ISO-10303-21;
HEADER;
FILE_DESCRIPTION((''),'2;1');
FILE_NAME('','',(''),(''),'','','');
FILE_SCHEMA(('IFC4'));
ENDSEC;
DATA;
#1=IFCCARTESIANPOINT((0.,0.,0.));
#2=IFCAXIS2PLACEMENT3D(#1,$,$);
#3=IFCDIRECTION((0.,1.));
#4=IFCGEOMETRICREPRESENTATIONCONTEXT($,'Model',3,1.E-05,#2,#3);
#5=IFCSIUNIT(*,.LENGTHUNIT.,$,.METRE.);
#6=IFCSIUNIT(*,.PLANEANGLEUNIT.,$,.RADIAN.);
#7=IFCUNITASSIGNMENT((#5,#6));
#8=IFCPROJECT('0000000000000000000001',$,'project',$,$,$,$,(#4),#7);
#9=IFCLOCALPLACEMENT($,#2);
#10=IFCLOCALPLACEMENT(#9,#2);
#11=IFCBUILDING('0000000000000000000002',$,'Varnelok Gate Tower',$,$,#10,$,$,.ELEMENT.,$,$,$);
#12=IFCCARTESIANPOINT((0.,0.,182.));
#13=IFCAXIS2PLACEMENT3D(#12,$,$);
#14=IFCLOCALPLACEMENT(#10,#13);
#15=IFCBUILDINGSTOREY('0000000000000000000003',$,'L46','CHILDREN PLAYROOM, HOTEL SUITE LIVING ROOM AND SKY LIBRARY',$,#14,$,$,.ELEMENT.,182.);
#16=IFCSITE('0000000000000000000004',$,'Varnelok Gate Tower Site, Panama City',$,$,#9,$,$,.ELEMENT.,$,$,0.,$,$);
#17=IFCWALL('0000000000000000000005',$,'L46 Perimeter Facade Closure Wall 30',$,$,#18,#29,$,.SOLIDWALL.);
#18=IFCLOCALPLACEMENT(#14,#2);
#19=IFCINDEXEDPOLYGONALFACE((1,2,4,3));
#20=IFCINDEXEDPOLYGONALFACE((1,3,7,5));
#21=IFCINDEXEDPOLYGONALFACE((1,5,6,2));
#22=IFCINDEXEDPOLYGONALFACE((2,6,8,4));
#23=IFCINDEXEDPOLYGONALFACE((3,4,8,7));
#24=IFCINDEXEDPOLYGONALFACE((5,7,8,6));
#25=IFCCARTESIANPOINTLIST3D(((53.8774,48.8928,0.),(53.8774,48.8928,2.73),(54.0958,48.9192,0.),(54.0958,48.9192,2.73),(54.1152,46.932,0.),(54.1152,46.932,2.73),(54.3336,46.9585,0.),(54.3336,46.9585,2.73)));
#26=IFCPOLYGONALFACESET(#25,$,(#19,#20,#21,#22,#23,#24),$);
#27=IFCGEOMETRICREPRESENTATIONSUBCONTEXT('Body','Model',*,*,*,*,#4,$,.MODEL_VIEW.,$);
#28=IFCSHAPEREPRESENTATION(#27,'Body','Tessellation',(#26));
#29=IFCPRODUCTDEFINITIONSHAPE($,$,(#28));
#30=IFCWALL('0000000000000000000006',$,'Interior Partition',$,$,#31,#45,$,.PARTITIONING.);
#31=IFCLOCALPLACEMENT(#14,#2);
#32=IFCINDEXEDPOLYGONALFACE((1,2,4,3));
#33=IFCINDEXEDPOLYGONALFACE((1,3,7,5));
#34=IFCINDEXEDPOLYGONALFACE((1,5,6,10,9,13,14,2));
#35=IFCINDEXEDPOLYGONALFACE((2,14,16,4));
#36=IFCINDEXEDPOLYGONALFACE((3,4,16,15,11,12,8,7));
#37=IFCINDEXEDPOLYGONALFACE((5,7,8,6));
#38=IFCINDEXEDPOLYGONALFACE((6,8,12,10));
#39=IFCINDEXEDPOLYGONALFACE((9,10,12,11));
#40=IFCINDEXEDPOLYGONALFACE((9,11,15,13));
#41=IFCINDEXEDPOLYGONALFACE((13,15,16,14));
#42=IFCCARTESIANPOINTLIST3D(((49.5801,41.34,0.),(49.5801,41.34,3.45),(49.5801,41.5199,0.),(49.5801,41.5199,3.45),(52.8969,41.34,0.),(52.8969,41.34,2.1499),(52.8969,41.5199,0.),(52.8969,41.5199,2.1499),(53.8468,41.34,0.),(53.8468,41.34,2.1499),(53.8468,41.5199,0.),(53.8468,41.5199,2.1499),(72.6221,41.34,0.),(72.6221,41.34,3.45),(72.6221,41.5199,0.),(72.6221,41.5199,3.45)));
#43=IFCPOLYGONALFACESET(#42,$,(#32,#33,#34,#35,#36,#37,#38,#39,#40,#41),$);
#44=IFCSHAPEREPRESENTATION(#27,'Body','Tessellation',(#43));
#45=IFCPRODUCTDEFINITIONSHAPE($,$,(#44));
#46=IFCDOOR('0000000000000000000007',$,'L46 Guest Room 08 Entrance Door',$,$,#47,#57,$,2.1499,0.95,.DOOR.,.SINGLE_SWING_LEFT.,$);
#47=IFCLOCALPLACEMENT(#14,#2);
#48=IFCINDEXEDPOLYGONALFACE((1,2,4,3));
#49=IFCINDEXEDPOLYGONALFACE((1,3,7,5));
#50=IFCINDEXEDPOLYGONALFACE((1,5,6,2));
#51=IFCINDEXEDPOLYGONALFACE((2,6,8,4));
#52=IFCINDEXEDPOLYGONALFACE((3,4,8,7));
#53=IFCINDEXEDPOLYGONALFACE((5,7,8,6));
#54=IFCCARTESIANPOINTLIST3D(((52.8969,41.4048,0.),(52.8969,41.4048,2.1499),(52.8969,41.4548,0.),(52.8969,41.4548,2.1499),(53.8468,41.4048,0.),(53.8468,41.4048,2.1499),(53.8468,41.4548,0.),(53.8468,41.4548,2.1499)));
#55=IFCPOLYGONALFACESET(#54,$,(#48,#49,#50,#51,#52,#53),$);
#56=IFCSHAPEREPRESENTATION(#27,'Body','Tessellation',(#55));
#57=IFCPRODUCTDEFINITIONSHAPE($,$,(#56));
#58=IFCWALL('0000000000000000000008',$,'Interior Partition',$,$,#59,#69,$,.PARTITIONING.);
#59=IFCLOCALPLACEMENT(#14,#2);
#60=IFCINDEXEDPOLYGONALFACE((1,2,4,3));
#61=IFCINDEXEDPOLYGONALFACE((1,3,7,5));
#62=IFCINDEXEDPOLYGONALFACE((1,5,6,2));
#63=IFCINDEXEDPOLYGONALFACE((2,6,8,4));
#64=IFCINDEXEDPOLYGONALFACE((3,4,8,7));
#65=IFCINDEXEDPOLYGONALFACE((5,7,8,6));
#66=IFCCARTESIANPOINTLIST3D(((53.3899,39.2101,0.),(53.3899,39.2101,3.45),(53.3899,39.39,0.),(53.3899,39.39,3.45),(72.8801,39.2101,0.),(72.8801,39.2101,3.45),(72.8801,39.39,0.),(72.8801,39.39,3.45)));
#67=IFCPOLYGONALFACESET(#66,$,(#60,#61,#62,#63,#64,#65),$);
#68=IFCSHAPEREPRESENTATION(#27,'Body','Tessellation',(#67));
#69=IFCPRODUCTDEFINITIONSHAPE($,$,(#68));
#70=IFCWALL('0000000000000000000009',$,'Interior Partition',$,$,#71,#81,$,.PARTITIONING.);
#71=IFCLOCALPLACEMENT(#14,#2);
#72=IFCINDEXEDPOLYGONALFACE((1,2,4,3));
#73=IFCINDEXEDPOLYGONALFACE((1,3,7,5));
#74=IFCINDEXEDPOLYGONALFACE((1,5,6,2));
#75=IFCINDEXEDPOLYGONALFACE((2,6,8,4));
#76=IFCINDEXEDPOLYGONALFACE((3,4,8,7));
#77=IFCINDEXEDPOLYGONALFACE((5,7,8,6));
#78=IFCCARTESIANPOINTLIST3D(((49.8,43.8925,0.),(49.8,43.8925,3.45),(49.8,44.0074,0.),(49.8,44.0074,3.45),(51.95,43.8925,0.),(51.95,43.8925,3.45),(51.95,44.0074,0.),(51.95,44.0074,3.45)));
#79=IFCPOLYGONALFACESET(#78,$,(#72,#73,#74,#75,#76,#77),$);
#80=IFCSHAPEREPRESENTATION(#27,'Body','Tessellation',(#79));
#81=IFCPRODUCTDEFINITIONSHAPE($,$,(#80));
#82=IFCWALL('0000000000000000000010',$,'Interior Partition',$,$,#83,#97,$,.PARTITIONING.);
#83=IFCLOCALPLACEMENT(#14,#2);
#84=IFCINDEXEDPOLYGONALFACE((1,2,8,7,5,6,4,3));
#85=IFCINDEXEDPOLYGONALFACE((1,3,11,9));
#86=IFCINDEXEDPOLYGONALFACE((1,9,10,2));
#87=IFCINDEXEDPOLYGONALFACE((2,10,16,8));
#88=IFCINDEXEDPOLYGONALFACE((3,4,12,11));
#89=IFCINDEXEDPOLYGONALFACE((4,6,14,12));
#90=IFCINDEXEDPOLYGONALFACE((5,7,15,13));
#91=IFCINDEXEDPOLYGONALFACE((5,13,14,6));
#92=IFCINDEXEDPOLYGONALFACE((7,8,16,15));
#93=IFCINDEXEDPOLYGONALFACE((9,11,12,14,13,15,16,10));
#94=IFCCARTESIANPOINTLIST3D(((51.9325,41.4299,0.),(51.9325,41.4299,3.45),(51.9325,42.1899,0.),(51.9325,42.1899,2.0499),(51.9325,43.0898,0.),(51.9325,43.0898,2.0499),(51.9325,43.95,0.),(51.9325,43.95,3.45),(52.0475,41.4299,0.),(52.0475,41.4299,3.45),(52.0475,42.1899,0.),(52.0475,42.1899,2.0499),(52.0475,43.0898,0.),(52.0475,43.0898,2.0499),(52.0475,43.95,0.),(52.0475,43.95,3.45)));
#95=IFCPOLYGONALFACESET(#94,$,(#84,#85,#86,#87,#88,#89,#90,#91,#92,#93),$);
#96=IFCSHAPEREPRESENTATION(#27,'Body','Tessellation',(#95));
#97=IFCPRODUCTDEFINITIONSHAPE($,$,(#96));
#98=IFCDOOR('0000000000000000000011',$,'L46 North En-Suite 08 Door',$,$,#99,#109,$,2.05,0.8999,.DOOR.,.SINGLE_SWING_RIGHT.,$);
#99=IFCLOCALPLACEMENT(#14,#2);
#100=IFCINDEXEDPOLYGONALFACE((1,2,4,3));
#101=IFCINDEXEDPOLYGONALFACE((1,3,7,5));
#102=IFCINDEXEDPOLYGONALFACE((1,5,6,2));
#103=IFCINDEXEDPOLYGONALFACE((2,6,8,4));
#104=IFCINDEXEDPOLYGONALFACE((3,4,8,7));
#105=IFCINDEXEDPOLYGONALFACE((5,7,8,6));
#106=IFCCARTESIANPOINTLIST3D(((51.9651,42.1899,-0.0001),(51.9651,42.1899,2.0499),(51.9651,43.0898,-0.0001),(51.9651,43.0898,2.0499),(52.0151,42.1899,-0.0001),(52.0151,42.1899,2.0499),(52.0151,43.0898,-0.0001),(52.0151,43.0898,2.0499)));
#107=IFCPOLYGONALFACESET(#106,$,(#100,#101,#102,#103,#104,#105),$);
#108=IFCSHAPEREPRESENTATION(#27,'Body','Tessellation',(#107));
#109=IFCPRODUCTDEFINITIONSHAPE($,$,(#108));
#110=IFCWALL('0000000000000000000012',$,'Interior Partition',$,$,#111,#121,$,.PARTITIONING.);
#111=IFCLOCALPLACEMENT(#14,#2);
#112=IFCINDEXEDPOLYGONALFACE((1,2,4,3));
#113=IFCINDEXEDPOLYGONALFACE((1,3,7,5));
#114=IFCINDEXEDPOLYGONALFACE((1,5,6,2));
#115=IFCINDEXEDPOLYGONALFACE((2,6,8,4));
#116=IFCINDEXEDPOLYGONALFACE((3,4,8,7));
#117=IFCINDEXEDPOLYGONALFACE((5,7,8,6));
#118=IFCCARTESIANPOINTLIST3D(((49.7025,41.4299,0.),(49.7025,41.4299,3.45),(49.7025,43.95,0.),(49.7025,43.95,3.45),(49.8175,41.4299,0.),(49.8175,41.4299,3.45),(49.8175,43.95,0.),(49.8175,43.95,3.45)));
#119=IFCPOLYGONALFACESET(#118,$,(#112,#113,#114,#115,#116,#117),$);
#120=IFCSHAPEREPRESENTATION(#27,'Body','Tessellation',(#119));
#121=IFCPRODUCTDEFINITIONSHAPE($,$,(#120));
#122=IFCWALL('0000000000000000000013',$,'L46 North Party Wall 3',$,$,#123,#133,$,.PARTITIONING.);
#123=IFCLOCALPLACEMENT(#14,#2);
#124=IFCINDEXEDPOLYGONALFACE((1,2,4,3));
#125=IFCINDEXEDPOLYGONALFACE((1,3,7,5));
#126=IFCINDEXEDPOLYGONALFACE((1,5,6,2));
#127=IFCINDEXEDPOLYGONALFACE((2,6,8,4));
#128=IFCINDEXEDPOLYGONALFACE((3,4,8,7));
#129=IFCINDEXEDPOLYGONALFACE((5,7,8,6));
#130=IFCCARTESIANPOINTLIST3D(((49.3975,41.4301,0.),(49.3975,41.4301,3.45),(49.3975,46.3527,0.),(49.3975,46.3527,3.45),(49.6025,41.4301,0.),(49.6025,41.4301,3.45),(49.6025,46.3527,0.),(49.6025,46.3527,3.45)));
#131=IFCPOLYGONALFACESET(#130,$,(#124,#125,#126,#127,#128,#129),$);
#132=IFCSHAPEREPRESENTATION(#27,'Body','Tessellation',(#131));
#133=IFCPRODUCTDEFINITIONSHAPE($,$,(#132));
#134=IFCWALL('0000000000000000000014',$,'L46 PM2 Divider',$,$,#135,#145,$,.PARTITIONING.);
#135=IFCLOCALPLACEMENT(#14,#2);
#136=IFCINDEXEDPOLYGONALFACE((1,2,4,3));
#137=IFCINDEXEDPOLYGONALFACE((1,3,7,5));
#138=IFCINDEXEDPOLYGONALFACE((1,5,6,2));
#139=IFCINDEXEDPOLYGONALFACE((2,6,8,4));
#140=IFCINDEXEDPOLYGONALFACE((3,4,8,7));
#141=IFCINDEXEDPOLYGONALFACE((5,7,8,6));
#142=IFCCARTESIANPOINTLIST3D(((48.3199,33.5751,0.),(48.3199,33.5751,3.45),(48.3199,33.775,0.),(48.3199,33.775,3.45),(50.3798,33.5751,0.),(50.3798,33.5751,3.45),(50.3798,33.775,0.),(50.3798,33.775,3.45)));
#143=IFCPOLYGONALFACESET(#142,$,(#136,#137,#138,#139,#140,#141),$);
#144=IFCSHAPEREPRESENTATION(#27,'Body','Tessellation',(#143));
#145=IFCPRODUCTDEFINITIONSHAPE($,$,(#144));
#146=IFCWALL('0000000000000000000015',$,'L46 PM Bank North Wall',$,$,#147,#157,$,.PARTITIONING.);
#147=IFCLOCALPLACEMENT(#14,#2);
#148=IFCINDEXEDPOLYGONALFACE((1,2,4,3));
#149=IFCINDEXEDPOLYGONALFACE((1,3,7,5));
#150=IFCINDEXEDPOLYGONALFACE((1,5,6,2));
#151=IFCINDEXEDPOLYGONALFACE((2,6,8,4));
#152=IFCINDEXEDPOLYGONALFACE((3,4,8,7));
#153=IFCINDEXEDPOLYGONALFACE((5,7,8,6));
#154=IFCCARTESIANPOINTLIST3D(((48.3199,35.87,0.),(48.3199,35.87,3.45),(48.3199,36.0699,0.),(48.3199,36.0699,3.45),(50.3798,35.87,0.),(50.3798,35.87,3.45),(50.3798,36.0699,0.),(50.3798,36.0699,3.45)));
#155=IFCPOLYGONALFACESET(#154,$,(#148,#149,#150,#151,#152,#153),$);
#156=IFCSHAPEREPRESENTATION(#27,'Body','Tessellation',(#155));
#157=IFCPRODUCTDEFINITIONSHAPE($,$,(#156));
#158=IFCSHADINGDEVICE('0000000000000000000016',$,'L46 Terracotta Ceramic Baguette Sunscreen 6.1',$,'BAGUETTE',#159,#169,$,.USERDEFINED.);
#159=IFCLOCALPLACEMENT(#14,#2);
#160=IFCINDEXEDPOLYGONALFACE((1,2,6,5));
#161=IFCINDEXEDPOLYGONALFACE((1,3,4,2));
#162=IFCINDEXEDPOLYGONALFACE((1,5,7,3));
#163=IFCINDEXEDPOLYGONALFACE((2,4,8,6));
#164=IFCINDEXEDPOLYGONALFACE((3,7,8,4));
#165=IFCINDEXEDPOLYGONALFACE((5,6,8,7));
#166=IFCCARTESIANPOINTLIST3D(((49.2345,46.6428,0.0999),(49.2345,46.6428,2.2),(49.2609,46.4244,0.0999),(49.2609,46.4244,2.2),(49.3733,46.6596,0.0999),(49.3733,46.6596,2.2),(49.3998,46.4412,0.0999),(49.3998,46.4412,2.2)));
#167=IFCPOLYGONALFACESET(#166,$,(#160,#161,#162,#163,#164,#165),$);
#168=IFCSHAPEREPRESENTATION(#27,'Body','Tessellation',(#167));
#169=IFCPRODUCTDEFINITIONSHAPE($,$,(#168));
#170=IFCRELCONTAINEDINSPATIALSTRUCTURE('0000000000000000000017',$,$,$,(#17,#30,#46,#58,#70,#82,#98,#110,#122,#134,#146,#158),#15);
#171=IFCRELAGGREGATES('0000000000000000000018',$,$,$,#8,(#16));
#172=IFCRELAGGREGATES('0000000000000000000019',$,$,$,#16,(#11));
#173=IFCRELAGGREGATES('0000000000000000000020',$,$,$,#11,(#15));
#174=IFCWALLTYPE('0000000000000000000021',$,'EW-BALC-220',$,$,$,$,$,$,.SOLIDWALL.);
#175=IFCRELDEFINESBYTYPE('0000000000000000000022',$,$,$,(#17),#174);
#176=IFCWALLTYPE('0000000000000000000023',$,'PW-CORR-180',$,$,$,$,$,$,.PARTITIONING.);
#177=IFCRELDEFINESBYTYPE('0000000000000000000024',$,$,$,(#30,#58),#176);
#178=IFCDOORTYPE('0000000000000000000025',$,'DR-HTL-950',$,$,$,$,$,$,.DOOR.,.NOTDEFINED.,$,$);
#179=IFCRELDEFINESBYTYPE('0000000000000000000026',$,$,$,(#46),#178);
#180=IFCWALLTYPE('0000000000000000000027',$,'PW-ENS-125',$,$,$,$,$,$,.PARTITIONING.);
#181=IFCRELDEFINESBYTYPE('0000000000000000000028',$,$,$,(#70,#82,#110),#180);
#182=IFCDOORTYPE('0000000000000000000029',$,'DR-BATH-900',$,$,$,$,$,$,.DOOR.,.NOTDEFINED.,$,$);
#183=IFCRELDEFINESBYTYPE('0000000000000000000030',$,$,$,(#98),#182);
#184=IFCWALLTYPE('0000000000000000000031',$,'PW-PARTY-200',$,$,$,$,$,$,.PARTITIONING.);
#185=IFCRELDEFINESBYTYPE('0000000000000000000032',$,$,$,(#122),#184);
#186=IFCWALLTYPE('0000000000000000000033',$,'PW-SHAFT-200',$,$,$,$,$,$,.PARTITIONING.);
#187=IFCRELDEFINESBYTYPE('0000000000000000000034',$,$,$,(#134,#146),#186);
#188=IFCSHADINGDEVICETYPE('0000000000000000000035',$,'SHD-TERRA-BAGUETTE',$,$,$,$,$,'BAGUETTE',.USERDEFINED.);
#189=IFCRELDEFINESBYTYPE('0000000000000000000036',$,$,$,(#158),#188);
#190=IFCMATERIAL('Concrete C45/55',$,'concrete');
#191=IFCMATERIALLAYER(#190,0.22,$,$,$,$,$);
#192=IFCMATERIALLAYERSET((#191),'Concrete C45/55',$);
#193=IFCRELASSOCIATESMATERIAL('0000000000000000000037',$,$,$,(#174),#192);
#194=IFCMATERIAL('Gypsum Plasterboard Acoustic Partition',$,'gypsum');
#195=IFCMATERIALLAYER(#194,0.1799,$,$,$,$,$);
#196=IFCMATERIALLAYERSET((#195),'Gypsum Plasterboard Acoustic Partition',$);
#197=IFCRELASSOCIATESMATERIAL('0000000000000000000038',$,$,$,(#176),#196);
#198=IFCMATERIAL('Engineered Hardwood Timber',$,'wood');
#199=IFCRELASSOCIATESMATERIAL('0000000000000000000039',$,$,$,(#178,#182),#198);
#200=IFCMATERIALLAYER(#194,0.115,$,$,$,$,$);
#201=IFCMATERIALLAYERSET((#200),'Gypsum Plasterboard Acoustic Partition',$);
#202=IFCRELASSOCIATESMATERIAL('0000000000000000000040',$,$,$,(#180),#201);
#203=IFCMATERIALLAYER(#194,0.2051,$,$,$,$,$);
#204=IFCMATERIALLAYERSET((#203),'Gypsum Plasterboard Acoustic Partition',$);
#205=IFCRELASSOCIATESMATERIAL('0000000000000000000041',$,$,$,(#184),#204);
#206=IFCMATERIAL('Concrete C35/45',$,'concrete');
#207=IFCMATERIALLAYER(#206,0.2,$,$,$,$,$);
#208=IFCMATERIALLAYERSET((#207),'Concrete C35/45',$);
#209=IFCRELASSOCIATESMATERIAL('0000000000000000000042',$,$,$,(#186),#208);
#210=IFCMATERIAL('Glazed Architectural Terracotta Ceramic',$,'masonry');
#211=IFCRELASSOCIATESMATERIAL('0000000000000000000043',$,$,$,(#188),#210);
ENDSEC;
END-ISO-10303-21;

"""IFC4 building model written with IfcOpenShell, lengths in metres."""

from ifc_helpers import new_model, si_unit, direction, frame, frame_2d, origin, origin_2d, place, context, subcontext, project, spatial, rectangle, extrude, source, transform, mapped, material, layer, layer_set, type_object, element, fill, save


model = new_model("IFC4")

# Units and contexts
model_context = context("Model", 3, precision=1e-05, world=origin(), true_north=direction((0.0, 1.0)))
body_context = subcontext(model_context, "Body", "Model", "MODEL_VIEW")
ifc_project = project(units=[si_unit("LENGTHUNIT", "METRE"), si_unit("PLANEANGLEUNIT", "RADIAN")], contexts=[model_context])

# Site, building, storey
site_placement = place(None, origin())
site = spatial("IfcSite", under=ifc_project, at=site_placement, Name="Varnelok Gate Tower Site, Panama City", CompositionType="ELEMENT", RefElevation=0.0)
building_placement = place(site_placement, origin())
building = spatial("IfcBuilding", under=site, at=building_placement, Name="Varnelok Gate Tower", CompositionType="ELEMENT")
storey_placement = place(building_placement, frame((0.0, 0.0, 182.0)))
storey = spatial("IfcBuildingStorey", under=building, at=storey_placement, Name="L46", Description="CHILDREN PLAYROOM, HOTEL SUITE LIVING ROOM AND SKY LIBRARY", CompositionType="ELEMENT", Elevation=182.0)

# Shared definitions
ifc_material_1 = material(Name="Concrete C45/55", Category="concrete")
ifc_layer_1 = layer(ifc_material_1, 0.22)
ifc_layer_set_1 = layer_set([ifc_layer_1], Name="Concrete C45/55")
wall_type_1 = type_object("IfcWallType", Name="EW-BALC-220", PredefinedType="SOLIDWALL", material=ifc_layer_set_1)

# Wall
wall_1_placement = place(storey_placement, frame((53.9866, 48.906, 0.0), z_axis=(0.0, 0.0, 1.0), x_axis=(0.120398, -0.992726, 0.0)))
element("IfcWall", 1, at=wall_1_placement, inside=storey, type_object=wall_type_1, Name="L46 Perimeter Facade Closure Wall 30", PredefinedType="SOLIDWALL", context=body_context, shape_type="SweptSolid", body=[
    extrude(rectangle(XDim=1.9751, YDim=0.22, at=frame_2d((0.9875, 0.0))), origin(), (0.0, 0.0, 1.0), 2.73),
])

# Wall, opening, door
ifc_material_2 = material(Name="Gypsum Plasterboard Acoustic Partition", Category="gypsum")
ifc_layer_2 = layer(ifc_material_2, 0.1799)
ifc_layer_set_2 = layer_set([ifc_layer_2], Name="Gypsum Plasterboard Acoustic Partition")
wall_type_2 = type_object("IfcWallType", Name="PW-CORR-180", PredefinedType="PARTITIONING", material=ifc_layer_set_2)
wall_2_placement = place(storey_placement, frame((49.5801, 41.4299, 0.0), z_axis=(0.0, 0.0, 1.0), x_axis=(1.0, 0.0, 0.0)))
wall_2 = element("IfcWall", 2, at=wall_2_placement, inside=storey, type_object=wall_type_2, Name="Interior Partition", PredefinedType="PARTITIONING", context=body_context, shape_type="SweptSolid", body=[
    extrude(rectangle(XDim=23.042, YDim=0.1799, at=frame_2d((11.521, 0.0))), origin(), (0.0, 0.0, 1.0), 3.45),
])
opening_1_placement = place(wall_2_placement, frame((3.3167, 0.0, 0.0)))
opening_1 = element("IfcOpeningElement", 3, at=opening_1_placement, cuts=wall_2, PredefinedType="OPENING", context=body_context, shape_type="SweptSolid", body=[
    extrude(rectangle(XDim=0.95, YDim=2.1499, at=frame_2d((0.4751, 1.075))), frame((0.0, 0.0999, 0.0), z_axis=(0.0, -1.0, 0.0), x_axis=(1.0, 0.0, 0.0)), (0.0, 0.0, 1.0), 0.2),
])
ifc_material_3 = material(Name="Engineered Hardwood Timber", Category="wood")
door_type_1 = type_object("IfcDoorType", Name="DR-HTL-950", OperationType="NOTDEFINED", PredefinedType="DOOR", material=ifc_material_3)
door_1_placement = place(opening_1_placement, origin())
door_1 = element("IfcDoor", 4, at=door_1_placement, inside=storey, type_object=door_type_1, Name="L46 Guest Room 08 Entrance Door", OperationType="SINGLE_SWING_LEFT", OverallHeight=2.1499, OverallWidth=0.95, PredefinedType="DOOR", context=body_context, shape_type="SweptSolid", body=[
    extrude(rectangle(XDim=0.95, YDim=2.1499, at=frame_2d((0.4751, 1.075))), frame((0.0, 0.0249, 0.0), z_axis=(0.0, -1.0, 0.0), x_axis=(1.0, 0.0, 0.0)), (0.0, 0.0, 1.0), 0.05),
])
fill(opening_1, door_1)

# Walls
wall_3_placement = place(storey_placement, frame((53.3899, 39.3, 0.0), z_axis=(0.0, 0.0, 1.0), x_axis=(1.0, 0.0, 0.0)))
element("IfcWall", 5, at=wall_3_placement, inside=storey, type_object=wall_type_2, Name="Interior Partition", PredefinedType="PARTITIONING", context=body_context, shape_type="SweptSolid", body=[
    extrude(rectangle(XDim=19.4902, YDim=0.1799, at=frame_2d((9.7451, 0.0))), origin(), (0.0, 0.0, 1.0), 3.45),
])
ifc_layer_3 = layer(ifc_material_2, 0.115)
ifc_layer_set_3 = layer_set([ifc_layer_3], Name="Gypsum Plasterboard Acoustic Partition")
wall_type_3 = type_object("IfcWallType", Name="PW-ENS-125", PredefinedType="PARTITIONING", material=ifc_layer_set_3)
wall_4_placement = place(storey_placement, frame((49.8, 43.95, 0.0), z_axis=(0.0, 0.0, 1.0), x_axis=(1.0, 0.0, 0.0)))
element("IfcWall", 6, at=wall_4_placement, inside=storey, type_object=wall_type_3, Name="Interior Partition", PredefinedType="PARTITIONING", context=body_context, shape_type="SweptSolid", body=[
    extrude(rectangle(XDim=2.1499, YDim=0.115, at=frame_2d((1.075, 0.0))), origin(), (0.0, 0.0, 1.0), 3.45),
])

# Wall, opening, door
wall_5_placement = place(storey_placement, frame((51.99, 41.4299, 0.0), z_axis=(0.0, 0.0, 1.0), x_axis=(0.0, 1.0, 0.0)))
wall_5 = element("IfcWall", 7, at=wall_5_placement, inside=storey, type_object=wall_type_3, Name="Interior Partition", PredefinedType="PARTITIONING", context=body_context, shape_type="SweptSolid", body=[
    extrude(rectangle(XDim=2.52, YDim=0.115, at=frame_2d((1.26, 0.0))), origin(), (0.0, 0.0, 1.0), 3.45),
])
opening_2_placement = place(wall_5_placement, frame((0.76, 0.0, 0.0)))
opening_2 = element("IfcOpeningElement", 8, at=opening_2_placement, cuts=wall_5, PredefinedType="OPENING", context=body_context, shape_type="SweptSolid", body=[
    extrude(rectangle(XDim=0.8999, YDim=2.05, at=frame_2d((0.45, 1.0249))), frame((0.0, 0.0674, 0.0), z_axis=(0.0, -1.0, 0.0), x_axis=(1.0, 0.0, 0.0)), (0.0, 0.0, 1.0), 0.135),
])
door_type_2 = type_object("IfcDoorType", Name="DR-BATH-900", OperationType="NOTDEFINED", PredefinedType="DOOR", material=ifc_material_3)
door_2_placement = place(opening_2_placement, origin())
door_2 = element("IfcDoor", 9, at=door_2_placement, inside=storey, type_object=door_type_2, Name="L46 North En-Suite 08 Door", OperationType="SINGLE_SWING_RIGHT", OverallHeight=2.05, OverallWidth=0.8999, PredefinedType="DOOR", context=body_context, shape_type="SweptSolid", body=[
    extrude(rectangle(XDim=0.8999, YDim=2.05, at=frame_2d((0.45, 1.0249))), frame((0.0, 0.0249, 0.0), z_axis=(0.0, -1.0, 0.0), x_axis=(1.0, 0.0, 0.0)), (0.0, 0.0, 1.0), 0.05),
])
fill(opening_2, door_2)

# Walls
wall_6_placement = place(storey_placement, frame((49.76, 41.4299, 0.0), z_axis=(0.0, 0.0, 1.0), x_axis=(0.0, 1.0, 0.0)))
element("IfcWall", 10, at=wall_6_placement, inside=storey, type_object=wall_type_3, Name="Interior Partition", PredefinedType="PARTITIONING", context=body_context, shape_type="SweptSolid", body=[
    extrude(rectangle(XDim=2.52, YDim=0.115, at=frame_2d((1.26, 0.0))), origin(), (0.0, 0.0, 1.0), 3.45),
])
ifc_layer_4 = layer(ifc_material_2, 0.2051)
ifc_layer_set_4 = layer_set([ifc_layer_4], Name="Gypsum Plasterboard Acoustic Partition")
wall_type_4 = type_object("IfcWallType", Name="PW-PARTY-200", PredefinedType="PARTITIONING", material=ifc_layer_set_4)
wall_7_placement = place(storey_placement, frame((49.5, 41.4299, 0.0), z_axis=(0.0, 0.0, 1.0), x_axis=(0.0, 1.0, 0.0)))
element("IfcWall", 11, at=wall_7_placement, inside=storey, type_object=wall_type_4, Name="L46 North Party Wall 3", PredefinedType="PARTITIONING", context=body_context, shape_type="SweptSolid", body=[
    extrude(rectangle(XDim=4.9226, YDim=0.2051, at=frame_2d((2.4614, 0.0))), origin(), (0.0, 0.0, 1.0), 3.45),
])
ifc_material_4 = material(Name="Concrete C35/45", Category="concrete")
ifc_layer_5 = layer(ifc_material_4, 0.2)
ifc_layer_set_5 = layer_set([ifc_layer_5], Name="Concrete C35/45")
wall_type_5 = type_object("IfcWallType", Name="PW-SHAFT-200", PredefinedType="PARTITIONING", material=ifc_layer_set_5)
for number, where, z_axis, x_axis, name in (
    (12, (48.3201, 33.675, 0.0), (0.0, 0.0, 1.0), (1.0, 0.0, 0.0), "L46 PM2 Divider"),
    (13, (48.3201, 35.97, 0.0), (0.0, 0.0, 1.0), (1.0, 0.0, 0.0), "L46 PM Bank North Wall"),
):
    element("IfcWall", number, at=place(storey_placement, frame(where, z_axis=z_axis, x_axis=x_axis)), inside=storey, type_object=wall_type_5, Name=name, PredefinedType="PARTITIONING", context=body_context, shape_type="SweptSolid", body=[
        extrude(rectangle(XDim=2.0598, YDim=0.2, at=frame_2d((1.0298, 0.0))), origin(), (0.0, 0.0, 1.0), 3.45),
    ])

# Shading device
ifc_material_5 = material(Name="Glazed Architectural Terracotta Ceramic", Category="masonry")
shading_device_type = type_object("IfcShadingDeviceType", Name="SHD-TERRA-BAGUETTE", ElementType="BAGUETTE", PredefinedType="USERDEFINED", material=ifc_material_5)
shared_shape_1 = source(origin(), body_context, "Body", "SweptSolid", [
    extrude(rectangle(XDim=0.1399, YDim=0.22, at=origin_2d()), origin(), (0.0, 0.0, 1.0), 2.1001),
])
shading_device_placement = place(storey_placement, frame((49.3171, 46.542, 0.0999), z_axis=(0.0, 0.0, 1.0), x_axis=(0.992732, 0.120345, 0.0)))
element("IfcShadingDevice", 14, at=shading_device_placement, inside=storey, type_object=shading_device_type, Name="L46 Terracotta Ceramic Baguette Sunscreen 6.1", ObjectType="BAGUETTE", PredefinedType="USERDEFINED", context=body_context, shape_type="MappedRepresentation", body=[
    mapped(shared_shape_1, transform((0.0, 0.0, 0.0), scale=1.0)),
])

save(model, "model.ifc")
